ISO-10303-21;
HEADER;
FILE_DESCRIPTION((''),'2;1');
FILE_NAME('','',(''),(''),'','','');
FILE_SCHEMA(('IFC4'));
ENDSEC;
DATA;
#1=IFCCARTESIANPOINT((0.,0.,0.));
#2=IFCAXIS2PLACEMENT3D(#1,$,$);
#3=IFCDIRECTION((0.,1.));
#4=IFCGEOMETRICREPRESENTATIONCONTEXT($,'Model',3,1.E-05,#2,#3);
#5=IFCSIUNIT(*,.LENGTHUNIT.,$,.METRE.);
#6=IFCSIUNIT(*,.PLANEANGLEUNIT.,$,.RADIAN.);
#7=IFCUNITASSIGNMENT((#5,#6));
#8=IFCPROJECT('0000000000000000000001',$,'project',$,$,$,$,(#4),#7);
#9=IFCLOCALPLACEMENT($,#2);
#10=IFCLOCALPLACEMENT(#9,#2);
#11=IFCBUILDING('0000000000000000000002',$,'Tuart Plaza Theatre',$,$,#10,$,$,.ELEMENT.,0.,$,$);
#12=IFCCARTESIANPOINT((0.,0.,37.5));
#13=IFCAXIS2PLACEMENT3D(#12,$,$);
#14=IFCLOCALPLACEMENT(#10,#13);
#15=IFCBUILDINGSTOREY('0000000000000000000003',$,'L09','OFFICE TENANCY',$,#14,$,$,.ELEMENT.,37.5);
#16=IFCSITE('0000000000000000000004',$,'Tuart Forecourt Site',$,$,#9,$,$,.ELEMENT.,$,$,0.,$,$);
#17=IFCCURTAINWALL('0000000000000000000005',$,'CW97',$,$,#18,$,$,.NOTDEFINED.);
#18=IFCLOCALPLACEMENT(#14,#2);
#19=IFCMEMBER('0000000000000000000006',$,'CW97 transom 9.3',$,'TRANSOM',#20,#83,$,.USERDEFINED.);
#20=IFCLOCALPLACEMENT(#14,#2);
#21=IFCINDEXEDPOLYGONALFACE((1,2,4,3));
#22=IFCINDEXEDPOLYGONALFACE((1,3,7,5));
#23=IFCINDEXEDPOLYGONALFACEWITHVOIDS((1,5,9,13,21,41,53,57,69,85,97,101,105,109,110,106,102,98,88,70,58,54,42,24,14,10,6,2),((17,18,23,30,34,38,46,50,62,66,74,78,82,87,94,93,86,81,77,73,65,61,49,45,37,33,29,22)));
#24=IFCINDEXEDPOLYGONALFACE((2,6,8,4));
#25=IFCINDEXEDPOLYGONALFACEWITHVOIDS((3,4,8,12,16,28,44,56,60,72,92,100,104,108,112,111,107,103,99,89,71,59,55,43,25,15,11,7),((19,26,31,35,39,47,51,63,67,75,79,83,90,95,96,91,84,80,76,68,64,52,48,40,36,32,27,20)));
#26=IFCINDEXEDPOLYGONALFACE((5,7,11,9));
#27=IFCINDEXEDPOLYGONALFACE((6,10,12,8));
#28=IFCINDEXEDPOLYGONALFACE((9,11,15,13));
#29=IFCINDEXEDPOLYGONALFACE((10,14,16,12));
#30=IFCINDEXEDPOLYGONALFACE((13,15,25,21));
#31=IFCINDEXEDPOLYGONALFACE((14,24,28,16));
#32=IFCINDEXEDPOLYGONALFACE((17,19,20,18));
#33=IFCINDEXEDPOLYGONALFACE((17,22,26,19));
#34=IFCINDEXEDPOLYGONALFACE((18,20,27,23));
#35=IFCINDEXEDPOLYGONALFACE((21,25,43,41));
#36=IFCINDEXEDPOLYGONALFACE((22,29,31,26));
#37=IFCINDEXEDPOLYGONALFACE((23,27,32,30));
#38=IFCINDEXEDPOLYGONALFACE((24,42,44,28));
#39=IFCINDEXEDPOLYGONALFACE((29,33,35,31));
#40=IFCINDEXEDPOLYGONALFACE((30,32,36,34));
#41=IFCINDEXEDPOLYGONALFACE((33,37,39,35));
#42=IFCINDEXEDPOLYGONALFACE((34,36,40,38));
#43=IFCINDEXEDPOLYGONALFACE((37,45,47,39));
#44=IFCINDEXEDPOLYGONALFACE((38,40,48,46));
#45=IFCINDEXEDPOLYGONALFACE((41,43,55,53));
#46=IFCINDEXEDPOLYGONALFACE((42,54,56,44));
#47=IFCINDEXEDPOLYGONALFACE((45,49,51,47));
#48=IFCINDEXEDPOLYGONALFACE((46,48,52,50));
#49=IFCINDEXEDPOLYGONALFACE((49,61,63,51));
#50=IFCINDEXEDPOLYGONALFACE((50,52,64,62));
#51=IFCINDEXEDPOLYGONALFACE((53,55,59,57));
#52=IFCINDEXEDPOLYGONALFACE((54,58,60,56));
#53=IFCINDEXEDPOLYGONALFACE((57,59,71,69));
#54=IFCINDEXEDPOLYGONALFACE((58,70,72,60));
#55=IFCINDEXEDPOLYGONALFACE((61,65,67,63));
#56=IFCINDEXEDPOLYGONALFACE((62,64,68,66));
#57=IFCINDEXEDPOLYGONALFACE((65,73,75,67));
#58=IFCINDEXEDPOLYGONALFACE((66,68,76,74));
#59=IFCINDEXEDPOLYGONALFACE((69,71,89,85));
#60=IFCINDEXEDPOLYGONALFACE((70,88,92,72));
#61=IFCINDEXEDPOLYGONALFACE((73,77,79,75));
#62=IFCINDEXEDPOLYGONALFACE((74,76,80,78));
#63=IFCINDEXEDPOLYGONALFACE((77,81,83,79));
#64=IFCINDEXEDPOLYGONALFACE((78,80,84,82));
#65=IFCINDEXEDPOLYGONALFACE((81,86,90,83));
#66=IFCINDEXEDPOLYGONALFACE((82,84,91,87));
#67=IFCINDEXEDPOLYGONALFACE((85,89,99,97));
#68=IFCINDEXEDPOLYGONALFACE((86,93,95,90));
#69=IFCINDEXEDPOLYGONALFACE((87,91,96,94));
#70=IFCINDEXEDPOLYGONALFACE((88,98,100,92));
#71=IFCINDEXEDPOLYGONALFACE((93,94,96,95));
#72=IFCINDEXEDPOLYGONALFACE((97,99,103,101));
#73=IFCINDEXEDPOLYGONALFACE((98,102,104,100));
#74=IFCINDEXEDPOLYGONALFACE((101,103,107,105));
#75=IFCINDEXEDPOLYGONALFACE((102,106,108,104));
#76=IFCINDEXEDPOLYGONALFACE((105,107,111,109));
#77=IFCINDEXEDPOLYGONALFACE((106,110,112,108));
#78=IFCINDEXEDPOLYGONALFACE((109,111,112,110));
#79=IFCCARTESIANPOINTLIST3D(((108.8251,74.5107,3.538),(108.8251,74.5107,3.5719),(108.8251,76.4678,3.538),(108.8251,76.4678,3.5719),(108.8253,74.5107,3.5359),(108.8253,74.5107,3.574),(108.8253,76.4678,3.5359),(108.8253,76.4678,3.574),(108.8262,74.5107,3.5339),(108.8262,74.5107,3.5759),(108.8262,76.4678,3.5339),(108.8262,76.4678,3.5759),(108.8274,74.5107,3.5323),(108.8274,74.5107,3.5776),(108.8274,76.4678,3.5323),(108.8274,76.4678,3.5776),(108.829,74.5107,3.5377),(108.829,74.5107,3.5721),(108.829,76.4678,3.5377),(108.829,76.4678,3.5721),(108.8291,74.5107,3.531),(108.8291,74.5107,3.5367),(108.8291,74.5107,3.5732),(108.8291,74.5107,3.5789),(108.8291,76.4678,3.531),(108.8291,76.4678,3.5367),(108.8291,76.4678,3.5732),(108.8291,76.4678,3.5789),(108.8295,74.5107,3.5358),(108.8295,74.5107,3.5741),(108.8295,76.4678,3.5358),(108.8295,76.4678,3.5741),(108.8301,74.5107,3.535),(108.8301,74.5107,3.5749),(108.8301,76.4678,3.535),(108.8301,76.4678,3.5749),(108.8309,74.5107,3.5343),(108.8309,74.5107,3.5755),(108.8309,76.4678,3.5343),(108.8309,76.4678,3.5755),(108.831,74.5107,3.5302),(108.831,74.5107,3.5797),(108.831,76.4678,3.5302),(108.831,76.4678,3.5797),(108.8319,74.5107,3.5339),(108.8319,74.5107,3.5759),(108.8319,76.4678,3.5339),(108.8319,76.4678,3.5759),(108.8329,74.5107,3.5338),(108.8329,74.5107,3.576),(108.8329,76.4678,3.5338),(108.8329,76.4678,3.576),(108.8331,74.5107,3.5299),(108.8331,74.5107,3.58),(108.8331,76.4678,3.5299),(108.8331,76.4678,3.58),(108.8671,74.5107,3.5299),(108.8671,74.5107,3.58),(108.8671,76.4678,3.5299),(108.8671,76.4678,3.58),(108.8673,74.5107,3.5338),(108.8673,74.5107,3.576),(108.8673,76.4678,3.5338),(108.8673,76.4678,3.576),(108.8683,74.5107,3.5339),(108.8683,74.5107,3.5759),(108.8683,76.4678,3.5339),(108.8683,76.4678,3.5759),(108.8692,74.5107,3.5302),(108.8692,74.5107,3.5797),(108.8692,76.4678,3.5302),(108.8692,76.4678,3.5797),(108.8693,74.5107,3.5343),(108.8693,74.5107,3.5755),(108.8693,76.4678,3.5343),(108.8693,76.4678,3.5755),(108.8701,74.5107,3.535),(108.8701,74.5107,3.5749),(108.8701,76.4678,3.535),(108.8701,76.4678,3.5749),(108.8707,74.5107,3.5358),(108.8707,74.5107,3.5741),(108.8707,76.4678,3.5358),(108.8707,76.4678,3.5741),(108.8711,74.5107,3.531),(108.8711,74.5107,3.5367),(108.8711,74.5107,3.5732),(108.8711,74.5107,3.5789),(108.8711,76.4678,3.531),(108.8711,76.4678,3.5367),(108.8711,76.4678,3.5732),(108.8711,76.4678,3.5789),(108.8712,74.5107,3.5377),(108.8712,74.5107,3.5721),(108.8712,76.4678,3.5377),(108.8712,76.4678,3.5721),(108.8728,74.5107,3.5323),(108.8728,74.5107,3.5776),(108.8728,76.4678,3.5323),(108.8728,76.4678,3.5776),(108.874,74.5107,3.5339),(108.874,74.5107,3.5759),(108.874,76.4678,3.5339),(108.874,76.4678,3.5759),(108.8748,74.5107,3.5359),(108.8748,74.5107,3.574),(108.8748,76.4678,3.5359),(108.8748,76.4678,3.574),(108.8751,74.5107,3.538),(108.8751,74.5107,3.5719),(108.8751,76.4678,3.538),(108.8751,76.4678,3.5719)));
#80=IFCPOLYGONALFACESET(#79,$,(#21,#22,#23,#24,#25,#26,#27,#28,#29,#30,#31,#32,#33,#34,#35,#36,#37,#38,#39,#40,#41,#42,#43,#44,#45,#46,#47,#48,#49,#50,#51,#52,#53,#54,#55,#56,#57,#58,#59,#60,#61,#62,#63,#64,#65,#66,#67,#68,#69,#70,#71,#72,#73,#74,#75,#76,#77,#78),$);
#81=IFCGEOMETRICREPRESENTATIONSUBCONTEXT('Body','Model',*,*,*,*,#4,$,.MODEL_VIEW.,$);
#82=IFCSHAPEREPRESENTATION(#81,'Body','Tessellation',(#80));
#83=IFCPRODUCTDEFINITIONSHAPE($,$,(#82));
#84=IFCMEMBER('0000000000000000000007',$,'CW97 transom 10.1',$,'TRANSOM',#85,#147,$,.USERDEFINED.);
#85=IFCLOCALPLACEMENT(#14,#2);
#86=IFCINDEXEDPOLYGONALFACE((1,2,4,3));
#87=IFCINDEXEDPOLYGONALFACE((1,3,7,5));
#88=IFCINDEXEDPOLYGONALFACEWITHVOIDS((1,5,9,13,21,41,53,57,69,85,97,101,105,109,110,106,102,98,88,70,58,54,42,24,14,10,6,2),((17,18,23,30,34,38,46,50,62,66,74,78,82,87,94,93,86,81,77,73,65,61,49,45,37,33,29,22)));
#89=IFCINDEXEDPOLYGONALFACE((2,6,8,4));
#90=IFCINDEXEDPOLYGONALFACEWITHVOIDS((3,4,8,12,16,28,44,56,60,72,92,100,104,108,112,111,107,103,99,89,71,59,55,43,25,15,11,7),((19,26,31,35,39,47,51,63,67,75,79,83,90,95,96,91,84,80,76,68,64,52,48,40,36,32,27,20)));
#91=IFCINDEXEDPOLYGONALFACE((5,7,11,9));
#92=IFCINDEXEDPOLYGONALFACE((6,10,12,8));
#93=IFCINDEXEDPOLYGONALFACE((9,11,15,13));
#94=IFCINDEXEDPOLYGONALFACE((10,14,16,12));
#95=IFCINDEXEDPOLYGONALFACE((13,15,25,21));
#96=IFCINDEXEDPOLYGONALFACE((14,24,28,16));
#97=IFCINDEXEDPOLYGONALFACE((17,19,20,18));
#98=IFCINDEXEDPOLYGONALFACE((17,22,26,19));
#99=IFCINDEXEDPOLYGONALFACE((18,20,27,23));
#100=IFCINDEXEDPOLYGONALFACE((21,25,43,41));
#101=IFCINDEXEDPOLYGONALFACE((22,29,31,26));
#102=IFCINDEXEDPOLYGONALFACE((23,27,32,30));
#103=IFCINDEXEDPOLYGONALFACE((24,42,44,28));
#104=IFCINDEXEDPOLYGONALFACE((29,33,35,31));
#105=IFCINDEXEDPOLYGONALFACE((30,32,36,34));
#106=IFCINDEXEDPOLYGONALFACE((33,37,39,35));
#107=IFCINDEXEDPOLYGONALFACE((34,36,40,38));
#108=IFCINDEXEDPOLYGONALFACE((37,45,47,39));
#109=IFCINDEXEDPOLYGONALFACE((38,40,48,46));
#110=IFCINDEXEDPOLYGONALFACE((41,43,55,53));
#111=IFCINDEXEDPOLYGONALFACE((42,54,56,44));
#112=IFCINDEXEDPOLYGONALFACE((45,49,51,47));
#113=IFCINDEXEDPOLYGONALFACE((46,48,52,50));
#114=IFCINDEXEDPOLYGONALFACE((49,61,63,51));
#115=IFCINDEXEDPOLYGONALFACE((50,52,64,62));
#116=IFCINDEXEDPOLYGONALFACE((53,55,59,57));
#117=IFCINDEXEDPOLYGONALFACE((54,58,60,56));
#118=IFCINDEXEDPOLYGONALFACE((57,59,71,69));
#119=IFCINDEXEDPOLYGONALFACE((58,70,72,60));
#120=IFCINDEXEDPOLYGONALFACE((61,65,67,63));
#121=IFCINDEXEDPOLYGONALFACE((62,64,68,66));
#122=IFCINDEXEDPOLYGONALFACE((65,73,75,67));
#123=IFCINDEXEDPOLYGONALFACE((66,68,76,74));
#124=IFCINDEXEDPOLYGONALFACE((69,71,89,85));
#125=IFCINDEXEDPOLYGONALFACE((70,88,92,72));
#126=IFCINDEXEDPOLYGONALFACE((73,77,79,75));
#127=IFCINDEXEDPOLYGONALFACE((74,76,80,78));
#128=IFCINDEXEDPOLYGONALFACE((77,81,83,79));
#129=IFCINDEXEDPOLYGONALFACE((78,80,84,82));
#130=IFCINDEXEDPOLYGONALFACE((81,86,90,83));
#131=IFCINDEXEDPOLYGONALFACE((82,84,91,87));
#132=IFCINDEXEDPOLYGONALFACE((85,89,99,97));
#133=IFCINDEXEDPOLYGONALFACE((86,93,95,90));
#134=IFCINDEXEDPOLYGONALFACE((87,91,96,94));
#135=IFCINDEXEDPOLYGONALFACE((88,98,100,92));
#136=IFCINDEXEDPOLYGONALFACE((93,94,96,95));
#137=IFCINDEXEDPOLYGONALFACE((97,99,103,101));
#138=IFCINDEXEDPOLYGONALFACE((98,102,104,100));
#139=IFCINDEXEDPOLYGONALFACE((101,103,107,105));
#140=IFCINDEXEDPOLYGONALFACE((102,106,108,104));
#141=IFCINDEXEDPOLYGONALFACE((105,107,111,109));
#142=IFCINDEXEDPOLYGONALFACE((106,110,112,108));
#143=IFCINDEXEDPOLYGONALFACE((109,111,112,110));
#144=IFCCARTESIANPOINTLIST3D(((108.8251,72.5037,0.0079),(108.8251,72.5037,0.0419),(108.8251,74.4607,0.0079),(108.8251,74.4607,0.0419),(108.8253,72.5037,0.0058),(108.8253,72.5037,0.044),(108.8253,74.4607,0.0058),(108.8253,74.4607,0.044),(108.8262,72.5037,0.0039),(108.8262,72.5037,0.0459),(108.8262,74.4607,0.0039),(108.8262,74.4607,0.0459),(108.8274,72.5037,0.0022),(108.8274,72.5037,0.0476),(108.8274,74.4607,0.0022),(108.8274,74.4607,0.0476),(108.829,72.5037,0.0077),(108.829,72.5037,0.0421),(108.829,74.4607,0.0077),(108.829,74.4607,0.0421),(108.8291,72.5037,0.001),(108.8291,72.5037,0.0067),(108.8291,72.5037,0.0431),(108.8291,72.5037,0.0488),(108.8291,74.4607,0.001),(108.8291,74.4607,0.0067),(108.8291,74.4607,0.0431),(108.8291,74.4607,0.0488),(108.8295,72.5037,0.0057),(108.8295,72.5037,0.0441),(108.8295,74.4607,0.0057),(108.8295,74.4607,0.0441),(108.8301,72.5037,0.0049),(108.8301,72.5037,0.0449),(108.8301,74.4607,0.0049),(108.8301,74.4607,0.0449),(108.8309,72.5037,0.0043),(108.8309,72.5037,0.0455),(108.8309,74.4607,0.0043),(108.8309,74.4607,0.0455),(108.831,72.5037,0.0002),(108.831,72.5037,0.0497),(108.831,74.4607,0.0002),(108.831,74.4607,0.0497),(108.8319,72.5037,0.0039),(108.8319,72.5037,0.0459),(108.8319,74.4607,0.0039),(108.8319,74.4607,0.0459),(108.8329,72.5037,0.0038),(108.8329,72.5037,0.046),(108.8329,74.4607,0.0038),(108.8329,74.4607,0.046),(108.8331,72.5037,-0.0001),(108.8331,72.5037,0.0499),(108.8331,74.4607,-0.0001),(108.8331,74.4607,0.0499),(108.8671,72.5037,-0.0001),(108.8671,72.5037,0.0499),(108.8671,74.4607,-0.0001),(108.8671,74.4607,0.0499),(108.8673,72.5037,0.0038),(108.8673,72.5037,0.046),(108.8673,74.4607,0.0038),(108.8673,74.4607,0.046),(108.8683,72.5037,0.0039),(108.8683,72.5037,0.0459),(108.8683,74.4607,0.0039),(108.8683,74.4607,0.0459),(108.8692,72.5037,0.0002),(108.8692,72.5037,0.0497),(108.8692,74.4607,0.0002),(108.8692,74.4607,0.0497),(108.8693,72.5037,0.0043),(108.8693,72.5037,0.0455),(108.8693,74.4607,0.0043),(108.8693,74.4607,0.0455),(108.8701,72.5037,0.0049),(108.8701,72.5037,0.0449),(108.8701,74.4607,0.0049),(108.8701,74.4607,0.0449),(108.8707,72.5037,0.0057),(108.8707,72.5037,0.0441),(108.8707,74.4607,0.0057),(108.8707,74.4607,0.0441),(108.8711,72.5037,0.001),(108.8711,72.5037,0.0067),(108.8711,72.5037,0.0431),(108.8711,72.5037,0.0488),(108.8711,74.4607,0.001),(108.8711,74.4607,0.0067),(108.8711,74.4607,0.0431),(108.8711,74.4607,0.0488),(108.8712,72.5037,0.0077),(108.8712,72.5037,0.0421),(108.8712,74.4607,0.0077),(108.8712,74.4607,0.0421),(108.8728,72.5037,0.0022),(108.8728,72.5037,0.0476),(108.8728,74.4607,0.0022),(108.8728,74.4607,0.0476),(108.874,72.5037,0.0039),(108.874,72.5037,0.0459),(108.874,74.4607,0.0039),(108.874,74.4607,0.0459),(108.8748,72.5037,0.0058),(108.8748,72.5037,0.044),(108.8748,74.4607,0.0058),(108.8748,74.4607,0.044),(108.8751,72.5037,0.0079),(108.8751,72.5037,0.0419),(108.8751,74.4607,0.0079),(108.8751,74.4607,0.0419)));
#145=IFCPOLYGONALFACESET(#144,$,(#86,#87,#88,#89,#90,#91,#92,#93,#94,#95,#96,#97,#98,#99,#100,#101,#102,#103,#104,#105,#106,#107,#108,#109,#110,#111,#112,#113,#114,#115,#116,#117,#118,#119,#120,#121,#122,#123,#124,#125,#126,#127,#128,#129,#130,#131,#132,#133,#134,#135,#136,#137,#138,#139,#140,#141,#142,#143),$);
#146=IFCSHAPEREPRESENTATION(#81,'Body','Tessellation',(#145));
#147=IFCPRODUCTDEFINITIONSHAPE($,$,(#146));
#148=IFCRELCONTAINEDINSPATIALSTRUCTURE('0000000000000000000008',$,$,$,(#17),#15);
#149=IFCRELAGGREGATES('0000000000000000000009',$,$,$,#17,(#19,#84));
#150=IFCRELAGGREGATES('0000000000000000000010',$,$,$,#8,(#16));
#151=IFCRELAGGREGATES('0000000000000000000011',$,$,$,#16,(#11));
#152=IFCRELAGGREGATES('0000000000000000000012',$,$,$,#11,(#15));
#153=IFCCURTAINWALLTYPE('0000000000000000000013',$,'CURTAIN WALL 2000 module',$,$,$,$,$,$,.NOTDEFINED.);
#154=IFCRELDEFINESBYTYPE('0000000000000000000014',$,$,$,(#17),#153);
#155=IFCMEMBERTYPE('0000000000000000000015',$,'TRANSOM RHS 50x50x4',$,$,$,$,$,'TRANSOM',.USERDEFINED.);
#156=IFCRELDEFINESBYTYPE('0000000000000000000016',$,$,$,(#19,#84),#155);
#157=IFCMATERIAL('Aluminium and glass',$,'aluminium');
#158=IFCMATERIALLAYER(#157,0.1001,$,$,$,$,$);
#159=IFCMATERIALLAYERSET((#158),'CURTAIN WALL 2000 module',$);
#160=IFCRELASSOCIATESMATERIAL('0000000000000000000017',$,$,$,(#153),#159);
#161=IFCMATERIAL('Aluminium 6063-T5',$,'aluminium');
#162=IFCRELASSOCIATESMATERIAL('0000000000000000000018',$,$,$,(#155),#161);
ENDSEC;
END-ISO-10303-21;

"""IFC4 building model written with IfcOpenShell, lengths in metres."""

from ifc_helpers import new_model, si_unit, direction, frame, origin, origin_2d, place, context, subcontext, project, spatial, hollow_rectangle, extrude, material, layer, layer_set, material_profile, profile_set, type_object, element, aggregate, save


model = new_model("IFC4")

# Units and contexts
model_context = context("Model", 3, precision=1e-05, world=origin(), true_north=direction((0.0, 1.0)))
body_context = subcontext(model_context, "Body", "Model", "MODEL_VIEW")
ifc_project = project(units=[si_unit("LENGTHUNIT", "METRE"), si_unit("PLANEANGLEUNIT", "RADIAN")], contexts=[model_context])

# Site, building, storey
site_placement = place(None, origin())
site = spatial("IfcSite", under=ifc_project, at=site_placement, Name="Tuart Forecourt Site", CompositionType="ELEMENT", RefElevation=0.0)
building_placement = place(site_placement, origin())
building = spatial("IfcBuilding", under=site, at=building_placement, Name="Tuart Plaza Theatre", CompositionType="ELEMENT", ElevationOfRefHeight=0.0)
storey_placement = place(building_placement, frame((0.0, 0.0, 37.5)))
storey = spatial("IfcBuildingStorey", under=building, at=storey_placement, Name="L09", Description="OFFICE TENANCY", CompositionType="ELEMENT", Elevation=37.5)

# Curtain wall, members
ifc_material_1 = material(Name="Aluminium and glass", Category="aluminium")
ifc_layer_1 = layer(ifc_material_1, 0.1001)
ifc_layer_set_1 = layer_set([ifc_layer_1], Name="CURTAIN WALL 2000 module")
curtain_wall_type = type_object("IfcCurtainWallType", Name="CURTAIN WALL 2000 module", PredefinedType="NOTDEFINED", material=ifc_layer_set_1)
curtain_wall_placement = place(storey_placement, origin())
curtain_wall = element("IfcCurtainWall", 1, at=curtain_wall_placement, inside=storey, type_object=curtain_wall_type, Name="CW97", PredefinedType="NOTDEFINED")
ifc_material_2 = material(Name="Aluminium 6063-T5", Category="aluminium")
ifc_material_profile_1 = material_profile(ifc_material_2, hollow_rectangle(XDim=0.05, YDim=0.05, WallThickness=0.0039, InnerFilletRadius=0.0039, OuterFilletRadius=0.0081, at=origin_2d()), Name="RHS 50x50x4")
ifc_profile_set_1 = profile_set([ifc_material_profile_1], Name="Aluminium 6063-T5")
member_type = type_object("IfcMemberType", Name="TRANSOM RHS 50x50x4", ElementType="TRANSOM", PredefinedType="USERDEFINED", material=ifc_profile_set_1)
member_1_placement = place(storey_placement, frame((108.8501, 76.4678, 3.5549), z_axis=(0.0, -1.0, 0.0), x_axis=(1.0, 0.0, 0.0)))
member_1 = element("IfcMember", 2, at=member_1_placement, type_object=member_type, Name="CW97 transom 9.3", ObjectType="TRANSOM", PredefinedType="USERDEFINED", context=body_context, shape_type="SweptSolid", body=[
    extrude(hollow_rectangle(XDim=0.05, YDim=0.05, WallThickness=0.0039, InnerFilletRadius=0.0039, OuterFilletRadius=0.0081, at=origin_2d()), origin(), (0.0, 0.0, 1.0), 1.957),
])
member_2_placement = place(storey_placement, frame((108.8501, 74.4607, 0.0249), z_axis=(0.0, -1.0, 0.0), x_axis=(1.0, 0.0, 0.0)))
member_2 = element("IfcMember", 3, at=member_2_placement, type_object=member_type, Name="CW97 transom 10.1", ObjectType="TRANSOM", PredefinedType="USERDEFINED", context=body_context, shape_type="SweptSolid", body=[
    extrude(hollow_rectangle(XDim=0.05, YDim=0.05, WallThickness=0.0039, InnerFilletRadius=0.0039, OuterFilletRadius=0.0081, at=origin_2d()), origin(), (0.0, 0.0, 1.0), 1.957),
])
aggregate(curtain_wall, [member_1, member_2])

save(model, "model.ifc")
